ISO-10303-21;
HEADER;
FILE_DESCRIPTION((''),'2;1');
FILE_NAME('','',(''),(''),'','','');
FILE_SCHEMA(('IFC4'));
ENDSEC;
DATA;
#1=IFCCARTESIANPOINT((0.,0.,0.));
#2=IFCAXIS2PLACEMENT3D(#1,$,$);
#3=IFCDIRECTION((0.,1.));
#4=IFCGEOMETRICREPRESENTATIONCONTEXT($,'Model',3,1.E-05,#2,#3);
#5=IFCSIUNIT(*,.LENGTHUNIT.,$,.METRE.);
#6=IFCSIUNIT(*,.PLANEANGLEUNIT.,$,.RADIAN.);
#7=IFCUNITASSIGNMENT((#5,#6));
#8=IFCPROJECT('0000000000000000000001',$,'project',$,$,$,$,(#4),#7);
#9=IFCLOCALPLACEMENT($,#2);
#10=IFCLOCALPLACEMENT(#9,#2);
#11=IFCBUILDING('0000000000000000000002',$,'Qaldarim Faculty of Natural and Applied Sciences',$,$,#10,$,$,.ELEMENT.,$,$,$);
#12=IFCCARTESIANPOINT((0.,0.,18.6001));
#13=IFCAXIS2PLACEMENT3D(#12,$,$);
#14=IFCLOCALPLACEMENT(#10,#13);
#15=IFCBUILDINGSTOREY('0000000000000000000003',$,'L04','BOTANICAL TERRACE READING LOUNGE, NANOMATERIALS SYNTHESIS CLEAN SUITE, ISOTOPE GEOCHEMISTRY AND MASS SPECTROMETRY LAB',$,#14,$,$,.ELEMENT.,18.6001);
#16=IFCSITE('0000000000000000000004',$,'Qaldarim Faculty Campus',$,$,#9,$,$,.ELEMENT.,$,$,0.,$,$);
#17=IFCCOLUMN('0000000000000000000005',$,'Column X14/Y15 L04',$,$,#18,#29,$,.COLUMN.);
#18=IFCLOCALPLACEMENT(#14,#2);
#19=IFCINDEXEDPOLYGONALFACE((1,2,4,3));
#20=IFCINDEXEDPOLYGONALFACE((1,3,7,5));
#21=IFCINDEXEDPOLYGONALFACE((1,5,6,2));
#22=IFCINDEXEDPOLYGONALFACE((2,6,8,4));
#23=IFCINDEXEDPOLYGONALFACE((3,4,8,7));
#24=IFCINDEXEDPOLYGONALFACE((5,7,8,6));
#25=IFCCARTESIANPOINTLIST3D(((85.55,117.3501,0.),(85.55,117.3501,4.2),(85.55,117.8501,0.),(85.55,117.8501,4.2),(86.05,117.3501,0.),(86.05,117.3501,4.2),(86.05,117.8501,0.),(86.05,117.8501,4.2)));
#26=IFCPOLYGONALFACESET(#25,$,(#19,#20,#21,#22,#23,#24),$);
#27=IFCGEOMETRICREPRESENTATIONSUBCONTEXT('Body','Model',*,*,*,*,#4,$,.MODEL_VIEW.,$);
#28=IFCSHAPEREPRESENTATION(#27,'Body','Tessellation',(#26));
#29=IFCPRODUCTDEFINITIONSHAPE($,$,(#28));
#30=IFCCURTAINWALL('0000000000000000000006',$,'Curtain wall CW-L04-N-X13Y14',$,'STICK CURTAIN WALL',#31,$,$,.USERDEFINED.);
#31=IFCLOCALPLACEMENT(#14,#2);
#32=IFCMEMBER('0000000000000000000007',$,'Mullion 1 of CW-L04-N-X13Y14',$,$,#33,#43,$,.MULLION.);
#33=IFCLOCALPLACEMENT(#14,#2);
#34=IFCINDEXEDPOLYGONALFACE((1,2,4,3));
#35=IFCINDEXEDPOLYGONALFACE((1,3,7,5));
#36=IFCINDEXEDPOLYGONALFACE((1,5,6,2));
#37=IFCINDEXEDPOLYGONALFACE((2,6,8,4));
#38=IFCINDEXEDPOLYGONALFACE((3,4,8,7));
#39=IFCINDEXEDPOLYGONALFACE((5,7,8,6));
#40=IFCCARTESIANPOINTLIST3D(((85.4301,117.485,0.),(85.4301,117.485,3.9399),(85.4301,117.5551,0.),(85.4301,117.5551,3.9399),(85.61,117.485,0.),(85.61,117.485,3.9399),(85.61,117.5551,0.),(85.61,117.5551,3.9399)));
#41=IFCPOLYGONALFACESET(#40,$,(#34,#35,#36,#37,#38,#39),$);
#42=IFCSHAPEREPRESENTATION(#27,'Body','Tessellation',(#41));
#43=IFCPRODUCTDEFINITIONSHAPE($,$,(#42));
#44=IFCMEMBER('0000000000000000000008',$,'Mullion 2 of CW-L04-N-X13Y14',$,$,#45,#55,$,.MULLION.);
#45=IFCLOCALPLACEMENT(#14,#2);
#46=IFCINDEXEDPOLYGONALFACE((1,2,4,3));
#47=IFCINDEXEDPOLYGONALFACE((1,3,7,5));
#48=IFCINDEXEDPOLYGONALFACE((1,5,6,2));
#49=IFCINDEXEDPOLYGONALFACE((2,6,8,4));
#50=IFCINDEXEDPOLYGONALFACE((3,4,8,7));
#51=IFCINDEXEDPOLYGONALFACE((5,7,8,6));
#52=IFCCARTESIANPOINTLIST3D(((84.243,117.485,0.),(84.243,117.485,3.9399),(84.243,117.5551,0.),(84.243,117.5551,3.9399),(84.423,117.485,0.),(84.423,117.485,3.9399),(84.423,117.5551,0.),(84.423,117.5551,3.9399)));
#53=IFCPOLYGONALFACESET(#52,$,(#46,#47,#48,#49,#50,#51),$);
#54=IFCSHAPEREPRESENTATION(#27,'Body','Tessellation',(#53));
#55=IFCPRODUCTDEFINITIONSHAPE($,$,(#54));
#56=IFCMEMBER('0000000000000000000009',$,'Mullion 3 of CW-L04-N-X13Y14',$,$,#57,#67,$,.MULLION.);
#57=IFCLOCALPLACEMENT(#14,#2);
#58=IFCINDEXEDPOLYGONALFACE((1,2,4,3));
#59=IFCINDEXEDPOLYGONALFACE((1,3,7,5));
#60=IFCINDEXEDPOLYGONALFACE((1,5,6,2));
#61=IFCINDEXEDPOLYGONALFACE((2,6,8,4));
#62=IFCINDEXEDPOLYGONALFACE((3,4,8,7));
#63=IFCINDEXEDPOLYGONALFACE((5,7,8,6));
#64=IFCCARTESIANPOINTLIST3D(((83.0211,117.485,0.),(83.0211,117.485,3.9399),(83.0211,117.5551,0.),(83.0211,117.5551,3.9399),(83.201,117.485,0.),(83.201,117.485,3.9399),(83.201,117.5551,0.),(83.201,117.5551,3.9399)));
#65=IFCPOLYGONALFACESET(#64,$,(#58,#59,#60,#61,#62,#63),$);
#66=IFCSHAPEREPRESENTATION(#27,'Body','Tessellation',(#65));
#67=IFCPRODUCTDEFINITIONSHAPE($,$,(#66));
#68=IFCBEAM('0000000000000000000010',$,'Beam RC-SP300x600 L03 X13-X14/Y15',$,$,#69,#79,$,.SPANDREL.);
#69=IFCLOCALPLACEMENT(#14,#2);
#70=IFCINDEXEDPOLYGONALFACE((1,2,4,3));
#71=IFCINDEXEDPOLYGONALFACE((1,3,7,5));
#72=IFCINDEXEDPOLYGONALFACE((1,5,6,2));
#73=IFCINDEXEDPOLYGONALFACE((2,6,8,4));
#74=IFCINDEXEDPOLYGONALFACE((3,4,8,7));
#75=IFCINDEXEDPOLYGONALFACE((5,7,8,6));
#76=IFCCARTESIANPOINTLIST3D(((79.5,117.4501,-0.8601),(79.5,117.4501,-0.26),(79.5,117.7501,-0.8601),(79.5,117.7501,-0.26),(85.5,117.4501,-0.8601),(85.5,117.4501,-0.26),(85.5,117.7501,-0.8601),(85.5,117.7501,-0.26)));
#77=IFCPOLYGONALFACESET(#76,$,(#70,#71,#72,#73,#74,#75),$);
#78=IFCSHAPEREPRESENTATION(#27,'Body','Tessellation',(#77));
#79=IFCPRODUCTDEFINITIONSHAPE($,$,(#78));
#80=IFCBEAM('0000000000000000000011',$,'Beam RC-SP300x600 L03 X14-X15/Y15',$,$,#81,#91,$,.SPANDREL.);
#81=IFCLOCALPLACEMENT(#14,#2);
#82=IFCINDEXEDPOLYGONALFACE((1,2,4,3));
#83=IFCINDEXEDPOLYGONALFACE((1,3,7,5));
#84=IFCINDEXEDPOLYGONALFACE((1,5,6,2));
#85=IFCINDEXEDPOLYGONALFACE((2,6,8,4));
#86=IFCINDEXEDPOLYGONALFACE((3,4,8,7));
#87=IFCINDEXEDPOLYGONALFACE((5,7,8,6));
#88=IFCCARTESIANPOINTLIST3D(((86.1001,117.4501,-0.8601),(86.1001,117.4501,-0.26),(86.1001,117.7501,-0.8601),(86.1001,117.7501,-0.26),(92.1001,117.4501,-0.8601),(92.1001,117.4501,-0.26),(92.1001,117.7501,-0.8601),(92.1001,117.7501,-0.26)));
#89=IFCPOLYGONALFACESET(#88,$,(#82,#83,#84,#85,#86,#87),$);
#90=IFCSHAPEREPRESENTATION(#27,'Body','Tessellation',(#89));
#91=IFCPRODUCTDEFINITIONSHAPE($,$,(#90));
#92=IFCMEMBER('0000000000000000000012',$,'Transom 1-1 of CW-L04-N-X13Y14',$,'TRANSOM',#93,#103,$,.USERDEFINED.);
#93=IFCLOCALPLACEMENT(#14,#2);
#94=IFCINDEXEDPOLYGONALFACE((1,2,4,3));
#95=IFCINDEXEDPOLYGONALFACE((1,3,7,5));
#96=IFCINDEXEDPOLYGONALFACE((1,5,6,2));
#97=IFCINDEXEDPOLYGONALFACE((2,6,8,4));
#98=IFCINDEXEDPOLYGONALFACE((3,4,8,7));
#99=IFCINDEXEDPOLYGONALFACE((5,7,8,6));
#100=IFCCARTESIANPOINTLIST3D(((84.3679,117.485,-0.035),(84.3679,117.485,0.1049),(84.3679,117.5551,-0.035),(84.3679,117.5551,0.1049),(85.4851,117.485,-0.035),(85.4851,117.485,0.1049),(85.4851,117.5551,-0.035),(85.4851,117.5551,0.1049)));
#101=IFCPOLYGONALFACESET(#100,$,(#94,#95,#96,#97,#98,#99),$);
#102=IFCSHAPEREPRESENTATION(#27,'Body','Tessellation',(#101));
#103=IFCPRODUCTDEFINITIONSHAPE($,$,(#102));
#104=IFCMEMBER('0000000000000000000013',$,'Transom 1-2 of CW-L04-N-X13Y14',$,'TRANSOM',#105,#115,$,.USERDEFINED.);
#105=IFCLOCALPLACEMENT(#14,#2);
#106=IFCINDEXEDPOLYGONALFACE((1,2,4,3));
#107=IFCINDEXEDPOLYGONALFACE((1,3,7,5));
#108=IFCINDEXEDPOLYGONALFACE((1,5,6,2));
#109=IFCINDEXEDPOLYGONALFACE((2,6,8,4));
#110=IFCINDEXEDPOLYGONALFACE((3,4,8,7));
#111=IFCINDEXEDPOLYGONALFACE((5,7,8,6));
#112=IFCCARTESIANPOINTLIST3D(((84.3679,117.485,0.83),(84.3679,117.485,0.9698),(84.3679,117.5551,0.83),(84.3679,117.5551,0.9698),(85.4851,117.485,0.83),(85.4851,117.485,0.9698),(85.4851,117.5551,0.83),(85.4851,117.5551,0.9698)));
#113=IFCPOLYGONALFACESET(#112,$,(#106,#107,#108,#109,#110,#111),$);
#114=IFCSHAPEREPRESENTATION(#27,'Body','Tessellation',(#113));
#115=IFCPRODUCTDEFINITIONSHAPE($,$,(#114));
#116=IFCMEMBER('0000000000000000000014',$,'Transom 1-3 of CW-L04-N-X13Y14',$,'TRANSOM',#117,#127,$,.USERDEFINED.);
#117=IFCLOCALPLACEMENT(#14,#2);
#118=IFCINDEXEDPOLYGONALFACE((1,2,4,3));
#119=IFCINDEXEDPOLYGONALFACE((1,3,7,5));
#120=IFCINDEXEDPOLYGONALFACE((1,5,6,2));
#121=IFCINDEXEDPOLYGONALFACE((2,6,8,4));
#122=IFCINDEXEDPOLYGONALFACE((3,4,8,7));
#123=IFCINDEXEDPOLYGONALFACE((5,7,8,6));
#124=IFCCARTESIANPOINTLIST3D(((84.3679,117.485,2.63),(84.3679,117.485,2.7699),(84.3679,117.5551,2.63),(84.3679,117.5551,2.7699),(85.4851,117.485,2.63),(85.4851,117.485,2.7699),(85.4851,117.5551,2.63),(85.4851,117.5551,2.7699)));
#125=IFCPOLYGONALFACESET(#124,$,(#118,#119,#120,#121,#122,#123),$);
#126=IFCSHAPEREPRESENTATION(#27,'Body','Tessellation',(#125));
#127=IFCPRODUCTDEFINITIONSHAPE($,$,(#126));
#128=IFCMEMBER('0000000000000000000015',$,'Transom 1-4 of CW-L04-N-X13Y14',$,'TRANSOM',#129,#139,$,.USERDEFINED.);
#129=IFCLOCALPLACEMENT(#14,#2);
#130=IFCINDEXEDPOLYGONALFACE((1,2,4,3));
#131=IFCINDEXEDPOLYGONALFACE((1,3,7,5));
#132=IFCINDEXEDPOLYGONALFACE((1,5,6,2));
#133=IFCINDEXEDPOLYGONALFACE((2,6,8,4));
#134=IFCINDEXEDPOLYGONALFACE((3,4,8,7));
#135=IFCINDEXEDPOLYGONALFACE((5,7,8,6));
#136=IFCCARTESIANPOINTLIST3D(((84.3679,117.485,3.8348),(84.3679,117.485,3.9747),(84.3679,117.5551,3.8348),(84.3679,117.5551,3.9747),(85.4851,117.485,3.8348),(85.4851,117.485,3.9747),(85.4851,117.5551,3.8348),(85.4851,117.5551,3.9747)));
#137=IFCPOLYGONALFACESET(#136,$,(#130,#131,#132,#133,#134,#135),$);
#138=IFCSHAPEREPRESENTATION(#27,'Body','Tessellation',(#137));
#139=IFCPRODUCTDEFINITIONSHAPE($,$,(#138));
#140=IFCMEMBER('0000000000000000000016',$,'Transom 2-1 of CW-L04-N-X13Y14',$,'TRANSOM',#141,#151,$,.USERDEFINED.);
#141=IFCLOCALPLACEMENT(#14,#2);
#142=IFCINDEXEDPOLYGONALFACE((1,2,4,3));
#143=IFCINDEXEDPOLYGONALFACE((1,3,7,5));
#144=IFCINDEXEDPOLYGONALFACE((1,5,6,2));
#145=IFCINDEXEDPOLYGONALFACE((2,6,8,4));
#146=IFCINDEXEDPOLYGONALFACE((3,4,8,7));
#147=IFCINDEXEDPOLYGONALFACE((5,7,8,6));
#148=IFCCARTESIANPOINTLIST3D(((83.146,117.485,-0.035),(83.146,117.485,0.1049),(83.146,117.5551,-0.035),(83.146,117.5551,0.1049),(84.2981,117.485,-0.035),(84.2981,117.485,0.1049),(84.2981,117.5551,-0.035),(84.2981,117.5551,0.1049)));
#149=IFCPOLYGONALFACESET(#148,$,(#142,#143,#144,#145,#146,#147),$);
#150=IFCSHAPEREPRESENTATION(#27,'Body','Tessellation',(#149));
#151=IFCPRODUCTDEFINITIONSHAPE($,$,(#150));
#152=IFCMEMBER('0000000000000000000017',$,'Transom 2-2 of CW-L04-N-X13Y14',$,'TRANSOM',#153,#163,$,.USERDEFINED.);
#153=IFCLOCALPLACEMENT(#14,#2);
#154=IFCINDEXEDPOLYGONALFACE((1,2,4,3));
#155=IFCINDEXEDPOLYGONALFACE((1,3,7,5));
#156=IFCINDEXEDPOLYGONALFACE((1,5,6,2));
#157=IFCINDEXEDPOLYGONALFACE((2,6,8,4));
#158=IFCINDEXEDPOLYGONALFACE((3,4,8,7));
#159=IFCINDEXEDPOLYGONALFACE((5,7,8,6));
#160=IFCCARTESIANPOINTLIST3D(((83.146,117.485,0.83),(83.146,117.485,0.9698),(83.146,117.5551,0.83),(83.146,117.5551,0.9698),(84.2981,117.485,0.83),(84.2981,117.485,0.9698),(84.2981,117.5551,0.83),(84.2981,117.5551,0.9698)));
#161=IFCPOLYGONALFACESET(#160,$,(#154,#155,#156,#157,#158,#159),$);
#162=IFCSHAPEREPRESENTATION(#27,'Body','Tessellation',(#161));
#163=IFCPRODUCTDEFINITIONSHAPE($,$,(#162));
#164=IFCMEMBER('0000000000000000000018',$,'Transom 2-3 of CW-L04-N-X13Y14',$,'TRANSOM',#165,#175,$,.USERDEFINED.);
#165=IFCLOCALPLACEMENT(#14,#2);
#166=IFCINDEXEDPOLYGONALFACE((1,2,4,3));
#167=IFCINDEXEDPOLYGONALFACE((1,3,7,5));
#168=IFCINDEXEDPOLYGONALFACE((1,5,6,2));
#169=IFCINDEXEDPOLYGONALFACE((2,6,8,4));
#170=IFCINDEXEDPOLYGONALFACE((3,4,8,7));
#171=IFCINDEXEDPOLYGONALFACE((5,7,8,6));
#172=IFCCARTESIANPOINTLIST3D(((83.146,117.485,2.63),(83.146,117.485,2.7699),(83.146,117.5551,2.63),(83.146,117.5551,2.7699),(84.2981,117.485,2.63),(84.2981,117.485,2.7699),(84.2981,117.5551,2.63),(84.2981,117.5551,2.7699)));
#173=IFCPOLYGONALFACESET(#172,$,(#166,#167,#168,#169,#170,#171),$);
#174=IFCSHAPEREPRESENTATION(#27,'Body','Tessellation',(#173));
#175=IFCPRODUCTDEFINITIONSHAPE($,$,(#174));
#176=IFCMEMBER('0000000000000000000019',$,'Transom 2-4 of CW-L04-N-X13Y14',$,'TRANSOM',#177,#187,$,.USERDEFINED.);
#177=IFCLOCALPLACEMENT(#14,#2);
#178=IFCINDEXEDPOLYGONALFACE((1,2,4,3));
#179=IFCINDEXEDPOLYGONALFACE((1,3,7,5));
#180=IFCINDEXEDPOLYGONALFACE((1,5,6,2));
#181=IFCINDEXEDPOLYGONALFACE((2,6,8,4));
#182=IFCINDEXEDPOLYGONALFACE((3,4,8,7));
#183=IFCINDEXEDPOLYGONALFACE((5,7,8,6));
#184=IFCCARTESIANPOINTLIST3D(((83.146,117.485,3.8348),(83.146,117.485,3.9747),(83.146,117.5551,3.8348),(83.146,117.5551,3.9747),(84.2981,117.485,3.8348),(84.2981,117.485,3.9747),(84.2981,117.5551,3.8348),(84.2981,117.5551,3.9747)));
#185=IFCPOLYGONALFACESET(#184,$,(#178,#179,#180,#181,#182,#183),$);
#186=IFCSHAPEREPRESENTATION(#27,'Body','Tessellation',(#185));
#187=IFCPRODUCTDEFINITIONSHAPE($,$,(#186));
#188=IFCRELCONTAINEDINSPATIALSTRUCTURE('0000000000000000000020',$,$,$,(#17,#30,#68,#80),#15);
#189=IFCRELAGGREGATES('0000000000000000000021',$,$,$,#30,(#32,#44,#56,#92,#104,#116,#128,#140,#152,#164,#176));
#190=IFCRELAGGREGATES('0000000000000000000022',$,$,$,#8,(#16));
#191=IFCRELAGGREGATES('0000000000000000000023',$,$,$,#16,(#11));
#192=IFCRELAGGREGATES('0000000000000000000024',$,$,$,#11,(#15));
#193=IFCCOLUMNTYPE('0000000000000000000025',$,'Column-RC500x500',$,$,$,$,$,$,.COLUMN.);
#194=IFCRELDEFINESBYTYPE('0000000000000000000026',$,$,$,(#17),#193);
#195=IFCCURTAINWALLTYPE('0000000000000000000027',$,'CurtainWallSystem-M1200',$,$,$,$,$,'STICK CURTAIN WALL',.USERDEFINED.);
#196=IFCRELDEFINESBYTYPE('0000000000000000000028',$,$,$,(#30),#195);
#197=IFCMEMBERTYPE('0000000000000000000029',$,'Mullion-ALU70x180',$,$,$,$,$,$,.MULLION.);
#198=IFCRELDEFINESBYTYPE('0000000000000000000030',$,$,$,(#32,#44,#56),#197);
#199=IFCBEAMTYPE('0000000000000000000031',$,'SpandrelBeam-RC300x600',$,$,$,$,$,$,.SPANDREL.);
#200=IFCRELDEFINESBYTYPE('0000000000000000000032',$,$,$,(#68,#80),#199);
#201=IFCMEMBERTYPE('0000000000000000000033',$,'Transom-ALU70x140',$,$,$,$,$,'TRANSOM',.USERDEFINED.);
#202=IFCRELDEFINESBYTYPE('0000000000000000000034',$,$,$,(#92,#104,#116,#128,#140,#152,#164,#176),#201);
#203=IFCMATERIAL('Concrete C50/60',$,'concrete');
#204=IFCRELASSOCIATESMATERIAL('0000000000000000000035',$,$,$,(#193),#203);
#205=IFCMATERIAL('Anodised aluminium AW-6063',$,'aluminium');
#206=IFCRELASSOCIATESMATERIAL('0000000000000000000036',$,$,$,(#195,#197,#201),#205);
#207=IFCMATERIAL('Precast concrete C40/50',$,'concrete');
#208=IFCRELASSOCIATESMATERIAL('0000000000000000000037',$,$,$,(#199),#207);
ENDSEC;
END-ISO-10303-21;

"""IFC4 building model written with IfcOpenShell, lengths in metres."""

from ifc_helpers import new_model, si_unit, direction, frame, origin, origin_2d, place, context, subcontext, project, spatial, rectangle, extrude, material, material_profile, profile_set, type_object, element, aggregate, save


model = new_model("IFC4")

# Units and contexts
model_context = context("Model", 3, precision=1e-05, world=origin(), true_north=direction((0.0, 1.0)))
body_context = subcontext(model_context, "Body", "Model", "MODEL_VIEW")
ifc_project = project(units=[si_unit("LENGTHUNIT", "METRE"), si_unit("PLANEANGLEUNIT", "RADIAN")], contexts=[model_context])

# Site, building, storey
site_placement = place(None, origin())
site = spatial("IfcSite", under=ifc_project, at=site_placement, Name="Qaldarim Faculty Campus", CompositionType="ELEMENT", RefElevation=0.0)
building_placement = place(site_placement, origin())
building = spatial("IfcBuilding", under=site, at=building_placement, Name="Qaldarim Faculty of Natural and Applied Sciences", CompositionType="ELEMENT")
storey_placement = place(building_placement, frame((0.0, 0.0, 18.6001)))
storey = spatial("IfcBuildingStorey", under=building, at=storey_placement, Name="L04", Description="BOTANICAL TERRACE READING LOUNGE, NANOMATERIALS SYNTHESIS CLEAN SUITE, ISOTOPE GEOCHEMISTRY AND MASS SPECTROMETRY LAB", CompositionType="ELEMENT", Elevation=18.6001)

# Column
ifc_material_1 = material(Name="Concrete C50/60", Category="concrete")
ifc_material_profile_1 = material_profile(ifc_material_1, rectangle(XDim=0.5, YDim=0.5, at=origin_2d()), Name="RC-C500x500")
ifc_profile_set_1 = profile_set([ifc_material_profile_1], Name="Concrete C50/60")
column_type = type_object("IfcColumnType", Name="Column-RC500x500", PredefinedType="COLUMN", material=ifc_profile_set_1)
column_placement = place(storey_placement, frame((85.8, 117.6001, 0.0), z_axis=(0.0, 0.0, 1.0), x_axis=(1.0, 0.0, 0.0)))
element("IfcColumn", 1, at=column_placement, inside=storey, type_object=column_type, Name="Column X14/Y15 L04", PredefinedType="COLUMN", context=body_context, shape_type="SweptSolid", body=[
    extrude(rectangle(XDim=0.5, YDim=0.5, at=origin_2d()), origin(), (0.0, 0.0, 1.0), 4.2),
])

# Curtain wall, members
ifc_material_2 = material(Name="Anodised aluminium AW-6063", Category="aluminium")
curtain_wall_type = type_object("IfcCurtainWallType", Name="CurtainWallSystem-M1200", ElementType="STICK CURTAIN WALL", PredefinedType="USERDEFINED", material=ifc_material_2)
curtain_wall_placement = place(storey_placement, origin())
curtain_wall = element("IfcCurtainWall", 2, at=curtain_wall_placement, inside=storey, type_object=curtain_wall_type, Name="Curtain wall CW-L04-N-X13Y14", ObjectType="STICK CURTAIN WALL", PredefinedType="USERDEFINED")
ifc_material_profile_2 = material_profile(ifc_material_2, rectangle(XDim=0.0701, YDim=0.1799, at=origin_2d()), Name="ALU-M70x180")
ifc_profile_set_2 = profile_set([ifc_material_profile_2], Name="Anodised aluminium AW-6063")
member_type_1 = type_object("IfcMemberType", Name="Mullion-ALU70x180", PredefinedType="MULLION", material=ifc_profile_set_2)
member_1_placement = place(storey_placement, frame((85.52, 117.52, 0.0), z_axis=(0.0, 0.0, 1.0), x_axis=(0.0, -1.0, 0.0)))
member_1 = element("IfcMember", 3, at=member_1_placement, type_object=member_type_1, Name="Mullion 1 of CW-L04-N-X13Y14", PredefinedType="MULLION", context=body_context, shape_type="SweptSolid", body=[
    extrude(rectangle(XDim=0.0701, YDim=0.1799, at=origin_2d()), origin(), (0.0, 0.0, 1.0), 3.9399),
])
member_2_placement = place(storey_placement, frame((84.333, 117.52, 0.0), z_axis=(0.0, 0.0, 1.0), x_axis=(0.0, -1.0, 0.0)))
member_2 = element("IfcMember", 4, at=member_2_placement, type_object=member_type_1, Name="Mullion 2 of CW-L04-N-X13Y14", PredefinedType="MULLION", context=body_context, shape_type="SweptSolid", body=[
    extrude(rectangle(XDim=0.0701, YDim=0.1799, at=origin_2d()), origin(), (0.0, 0.0, 1.0), 3.9399),
])
member_3_placement = place(storey_placement, frame((83.1111, 117.52, 0.0), z_axis=(0.0, 0.0, 1.0), x_axis=(0.0, -1.0, 0.0)))
member_3 = element("IfcMember", 5, at=member_3_placement, type_object=member_type_1, Name="Mullion 3 of CW-L04-N-X13Y14", PredefinedType="MULLION", context=body_context, shape_type="SweptSolid", body=[
    extrude(rectangle(XDim=0.0701, YDim=0.1799, at=origin_2d()), origin(), (0.0, 0.0, 1.0), 3.9399),
])

# Beams
ifc_material_3 = material(Name="Precast concrete C40/50", Category="concrete")
ifc_material_profile_3 = material_profile(ifc_material_3, rectangle(XDim=0.3, YDim=0.6001, at=origin_2d()), Name="RC-SP300x600")
ifc_profile_set_3 = profile_set([ifc_material_profile_3], Name="Precast concrete C40/50")
beam_type = type_object("IfcBeamType", Name="SpandrelBeam-RC300x600", PredefinedType="SPANDREL", material=ifc_profile_set_3)
for number, where, z_axis, x_axis, name in (
    (6, (79.5, 117.6001, -0.5601), (1.0, 0.0, 0.0), (0.0, 1.0, 0.0), "Beam RC-SP300x600 L03 X13-X14/Y15"),
    (7, (86.1001, 117.6001, -0.5601), (1.0, 0.0, 0.0), (0.0, 1.0, 0.0), "Beam RC-SP300x600 L03 X14-X15/Y15"),
):
    element("IfcBeam", number, at=place(storey_placement, frame(where, z_axis=z_axis, x_axis=x_axis)), inside=storey, type_object=beam_type, Name=name, PredefinedType="SPANDREL", context=body_context, shape_type="SweptSolid", body=[
        extrude(rectangle(XDim=0.3, YDim=0.6001, at=origin_2d()), origin(), (0.0, 0.0, 1.0), 6.0),
    ])

# Members
ifc_material_profile_4 = material_profile(ifc_material_2, rectangle(XDim=0.0701, YDim=0.1399, at=origin_2d()), Name="ALU-T70x140")
ifc_profile_set_4 = profile_set([ifc_material_profile_4], Name="Anodised aluminium AW-6063")
member_type_2 = type_object("IfcMemberType", Name="Transom-ALU70x140", ElementType="TRANSOM", PredefinedType="USERDEFINED", material=ifc_profile_set_4)
member_4_placement = place(storey_placement, frame((85.4851, 117.52, 0.0349), z_axis=(-1.0, 0.0, 0.0), x_axis=(0.0, -1.0, 0.0)))
member_4 = element("IfcMember", 8, at=member_4_placement, type_object=member_type_2, Name="Transom 1-1 of CW-L04-N-X13Y14", ObjectType="TRANSOM", PredefinedType="USERDEFINED", context=body_context, shape_type="SweptSolid", body=[
    extrude(rectangle(XDim=0.0701, YDim=0.1399, at=origin_2d()), origin(), (0.0, 0.0, 1.0), 1.1172),
])
member_5_placement = place(storey_placement, frame((85.4851, 117.52, 0.8999), z_axis=(-1.0, 0.0, 0.0), x_axis=(0.0, -1.0, 0.0)))
member_5 = element("IfcMember", 9, at=member_5_placement, type_object=member_type_2, Name="Transom 1-2 of CW-L04-N-X13Y14", ObjectType="TRANSOM", PredefinedType="USERDEFINED", context=body_context, shape_type="SweptSolid", body=[
    extrude(rectangle(XDim=0.0701, YDim=0.1399, at=origin_2d()), origin(), (0.0, 0.0, 1.0), 1.1172),
])
member_6_placement = place(storey_placement, frame((85.4851, 117.52, 2.7), z_axis=(-1.0, 0.0, 0.0), x_axis=(0.0, -1.0, 0.0)))
member_6 = element("IfcMember", 10, at=member_6_placement, type_object=member_type_2, Name="Transom 1-3 of CW-L04-N-X13Y14", ObjectType="TRANSOM", PredefinedType="USERDEFINED", context=body_context, shape_type="SweptSolid", body=[
    extrude(rectangle(XDim=0.0701, YDim=0.1399, at=origin_2d()), origin(), (0.0, 0.0, 1.0), 1.1172),
])
member_7_placement = place(storey_placement, frame((85.4851, 117.52, 3.9048), z_axis=(-1.0, 0.0, 0.0), x_axis=(0.0, -1.0, 0.0)))
member_7 = element("IfcMember", 11, at=member_7_placement, type_object=member_type_2, Name="Transom 1-4 of CW-L04-N-X13Y14", ObjectType="TRANSOM", PredefinedType="USERDEFINED", context=body_context, shape_type="SweptSolid", body=[
    extrude(rectangle(XDim=0.0701, YDim=0.1399, at=origin_2d()), origin(), (0.0, 0.0, 1.0), 1.1172),
])
member_8_placement = place(storey_placement, frame((84.2981, 117.52, 0.0349), z_axis=(-1.0, 0.0, 0.0), x_axis=(0.0, -1.0, 0.0)))
member_8 = element("IfcMember", 12, at=member_8_placement, type_object=member_type_2, Name="Transom 2-1 of CW-L04-N-X13Y14", ObjectType="TRANSOM", PredefinedType="USERDEFINED", context=body_context, shape_type="SweptSolid", body=[
    extrude(rectangle(XDim=0.0701, YDim=0.1399, at=origin_2d()), origin(), (0.0, 0.0, 1.0), 1.1521),
])
member_9_placement = place(storey_placement, frame((84.2981, 117.52, 0.8999), z_axis=(-1.0, 0.0, 0.0), x_axis=(0.0, -1.0, 0.0)))
member_9 = element("IfcMember", 13, at=member_9_placement, type_object=member_type_2, Name="Transom 2-2 of CW-L04-N-X13Y14", ObjectType="TRANSOM", PredefinedType="USERDEFINED", context=body_context, shape_type="SweptSolid", body=[
    extrude(rectangle(XDim=0.0701, YDim=0.1399, at=origin_2d()), origin(), (0.0, 0.0, 1.0), 1.1521),
])
member_10_placement = place(storey_placement, frame((84.2981, 117.52, 2.7), z_axis=(-1.0, 0.0, 0.0), x_axis=(0.0, -1.0, 0.0)))
member_10 = element("IfcMember", 14, at=member_10_placement, type_object=member_type_2, Name="Transom 2-3 of CW-L04-N-X13Y14", ObjectType="TRANSOM", PredefinedType="USERDEFINED", context=body_context, shape_type="SweptSolid", body=[
    extrude(rectangle(XDim=0.0701, YDim=0.1399, at=origin_2d()), origin(), (0.0, 0.0, 1.0), 1.1521),
])
member_11_placement = place(storey_placement, frame((84.2981, 117.52, 3.9048), z_axis=(-1.0, 0.0, 0.0), x_axis=(0.0, -1.0, 0.0)))
member_11 = element("IfcMember", 15, at=member_11_placement, type_object=member_type_2, Name="Transom 2-4 of CW-L04-N-X13Y14", ObjectType="TRANSOM", PredefinedType="USERDEFINED", context=body_context, shape_type="SweptSolid", body=[
    extrude(rectangle(XDim=0.0701, YDim=0.1399, at=origin_2d()), origin(), (0.0, 0.0, 1.0), 1.1521),
])

aggregate(curtain_wall, [member_1, member_2, member_3, member_4, member_5, member_6, member_7, member_8, member_9, member_10, member_11])

save(model, "model.ifc")
